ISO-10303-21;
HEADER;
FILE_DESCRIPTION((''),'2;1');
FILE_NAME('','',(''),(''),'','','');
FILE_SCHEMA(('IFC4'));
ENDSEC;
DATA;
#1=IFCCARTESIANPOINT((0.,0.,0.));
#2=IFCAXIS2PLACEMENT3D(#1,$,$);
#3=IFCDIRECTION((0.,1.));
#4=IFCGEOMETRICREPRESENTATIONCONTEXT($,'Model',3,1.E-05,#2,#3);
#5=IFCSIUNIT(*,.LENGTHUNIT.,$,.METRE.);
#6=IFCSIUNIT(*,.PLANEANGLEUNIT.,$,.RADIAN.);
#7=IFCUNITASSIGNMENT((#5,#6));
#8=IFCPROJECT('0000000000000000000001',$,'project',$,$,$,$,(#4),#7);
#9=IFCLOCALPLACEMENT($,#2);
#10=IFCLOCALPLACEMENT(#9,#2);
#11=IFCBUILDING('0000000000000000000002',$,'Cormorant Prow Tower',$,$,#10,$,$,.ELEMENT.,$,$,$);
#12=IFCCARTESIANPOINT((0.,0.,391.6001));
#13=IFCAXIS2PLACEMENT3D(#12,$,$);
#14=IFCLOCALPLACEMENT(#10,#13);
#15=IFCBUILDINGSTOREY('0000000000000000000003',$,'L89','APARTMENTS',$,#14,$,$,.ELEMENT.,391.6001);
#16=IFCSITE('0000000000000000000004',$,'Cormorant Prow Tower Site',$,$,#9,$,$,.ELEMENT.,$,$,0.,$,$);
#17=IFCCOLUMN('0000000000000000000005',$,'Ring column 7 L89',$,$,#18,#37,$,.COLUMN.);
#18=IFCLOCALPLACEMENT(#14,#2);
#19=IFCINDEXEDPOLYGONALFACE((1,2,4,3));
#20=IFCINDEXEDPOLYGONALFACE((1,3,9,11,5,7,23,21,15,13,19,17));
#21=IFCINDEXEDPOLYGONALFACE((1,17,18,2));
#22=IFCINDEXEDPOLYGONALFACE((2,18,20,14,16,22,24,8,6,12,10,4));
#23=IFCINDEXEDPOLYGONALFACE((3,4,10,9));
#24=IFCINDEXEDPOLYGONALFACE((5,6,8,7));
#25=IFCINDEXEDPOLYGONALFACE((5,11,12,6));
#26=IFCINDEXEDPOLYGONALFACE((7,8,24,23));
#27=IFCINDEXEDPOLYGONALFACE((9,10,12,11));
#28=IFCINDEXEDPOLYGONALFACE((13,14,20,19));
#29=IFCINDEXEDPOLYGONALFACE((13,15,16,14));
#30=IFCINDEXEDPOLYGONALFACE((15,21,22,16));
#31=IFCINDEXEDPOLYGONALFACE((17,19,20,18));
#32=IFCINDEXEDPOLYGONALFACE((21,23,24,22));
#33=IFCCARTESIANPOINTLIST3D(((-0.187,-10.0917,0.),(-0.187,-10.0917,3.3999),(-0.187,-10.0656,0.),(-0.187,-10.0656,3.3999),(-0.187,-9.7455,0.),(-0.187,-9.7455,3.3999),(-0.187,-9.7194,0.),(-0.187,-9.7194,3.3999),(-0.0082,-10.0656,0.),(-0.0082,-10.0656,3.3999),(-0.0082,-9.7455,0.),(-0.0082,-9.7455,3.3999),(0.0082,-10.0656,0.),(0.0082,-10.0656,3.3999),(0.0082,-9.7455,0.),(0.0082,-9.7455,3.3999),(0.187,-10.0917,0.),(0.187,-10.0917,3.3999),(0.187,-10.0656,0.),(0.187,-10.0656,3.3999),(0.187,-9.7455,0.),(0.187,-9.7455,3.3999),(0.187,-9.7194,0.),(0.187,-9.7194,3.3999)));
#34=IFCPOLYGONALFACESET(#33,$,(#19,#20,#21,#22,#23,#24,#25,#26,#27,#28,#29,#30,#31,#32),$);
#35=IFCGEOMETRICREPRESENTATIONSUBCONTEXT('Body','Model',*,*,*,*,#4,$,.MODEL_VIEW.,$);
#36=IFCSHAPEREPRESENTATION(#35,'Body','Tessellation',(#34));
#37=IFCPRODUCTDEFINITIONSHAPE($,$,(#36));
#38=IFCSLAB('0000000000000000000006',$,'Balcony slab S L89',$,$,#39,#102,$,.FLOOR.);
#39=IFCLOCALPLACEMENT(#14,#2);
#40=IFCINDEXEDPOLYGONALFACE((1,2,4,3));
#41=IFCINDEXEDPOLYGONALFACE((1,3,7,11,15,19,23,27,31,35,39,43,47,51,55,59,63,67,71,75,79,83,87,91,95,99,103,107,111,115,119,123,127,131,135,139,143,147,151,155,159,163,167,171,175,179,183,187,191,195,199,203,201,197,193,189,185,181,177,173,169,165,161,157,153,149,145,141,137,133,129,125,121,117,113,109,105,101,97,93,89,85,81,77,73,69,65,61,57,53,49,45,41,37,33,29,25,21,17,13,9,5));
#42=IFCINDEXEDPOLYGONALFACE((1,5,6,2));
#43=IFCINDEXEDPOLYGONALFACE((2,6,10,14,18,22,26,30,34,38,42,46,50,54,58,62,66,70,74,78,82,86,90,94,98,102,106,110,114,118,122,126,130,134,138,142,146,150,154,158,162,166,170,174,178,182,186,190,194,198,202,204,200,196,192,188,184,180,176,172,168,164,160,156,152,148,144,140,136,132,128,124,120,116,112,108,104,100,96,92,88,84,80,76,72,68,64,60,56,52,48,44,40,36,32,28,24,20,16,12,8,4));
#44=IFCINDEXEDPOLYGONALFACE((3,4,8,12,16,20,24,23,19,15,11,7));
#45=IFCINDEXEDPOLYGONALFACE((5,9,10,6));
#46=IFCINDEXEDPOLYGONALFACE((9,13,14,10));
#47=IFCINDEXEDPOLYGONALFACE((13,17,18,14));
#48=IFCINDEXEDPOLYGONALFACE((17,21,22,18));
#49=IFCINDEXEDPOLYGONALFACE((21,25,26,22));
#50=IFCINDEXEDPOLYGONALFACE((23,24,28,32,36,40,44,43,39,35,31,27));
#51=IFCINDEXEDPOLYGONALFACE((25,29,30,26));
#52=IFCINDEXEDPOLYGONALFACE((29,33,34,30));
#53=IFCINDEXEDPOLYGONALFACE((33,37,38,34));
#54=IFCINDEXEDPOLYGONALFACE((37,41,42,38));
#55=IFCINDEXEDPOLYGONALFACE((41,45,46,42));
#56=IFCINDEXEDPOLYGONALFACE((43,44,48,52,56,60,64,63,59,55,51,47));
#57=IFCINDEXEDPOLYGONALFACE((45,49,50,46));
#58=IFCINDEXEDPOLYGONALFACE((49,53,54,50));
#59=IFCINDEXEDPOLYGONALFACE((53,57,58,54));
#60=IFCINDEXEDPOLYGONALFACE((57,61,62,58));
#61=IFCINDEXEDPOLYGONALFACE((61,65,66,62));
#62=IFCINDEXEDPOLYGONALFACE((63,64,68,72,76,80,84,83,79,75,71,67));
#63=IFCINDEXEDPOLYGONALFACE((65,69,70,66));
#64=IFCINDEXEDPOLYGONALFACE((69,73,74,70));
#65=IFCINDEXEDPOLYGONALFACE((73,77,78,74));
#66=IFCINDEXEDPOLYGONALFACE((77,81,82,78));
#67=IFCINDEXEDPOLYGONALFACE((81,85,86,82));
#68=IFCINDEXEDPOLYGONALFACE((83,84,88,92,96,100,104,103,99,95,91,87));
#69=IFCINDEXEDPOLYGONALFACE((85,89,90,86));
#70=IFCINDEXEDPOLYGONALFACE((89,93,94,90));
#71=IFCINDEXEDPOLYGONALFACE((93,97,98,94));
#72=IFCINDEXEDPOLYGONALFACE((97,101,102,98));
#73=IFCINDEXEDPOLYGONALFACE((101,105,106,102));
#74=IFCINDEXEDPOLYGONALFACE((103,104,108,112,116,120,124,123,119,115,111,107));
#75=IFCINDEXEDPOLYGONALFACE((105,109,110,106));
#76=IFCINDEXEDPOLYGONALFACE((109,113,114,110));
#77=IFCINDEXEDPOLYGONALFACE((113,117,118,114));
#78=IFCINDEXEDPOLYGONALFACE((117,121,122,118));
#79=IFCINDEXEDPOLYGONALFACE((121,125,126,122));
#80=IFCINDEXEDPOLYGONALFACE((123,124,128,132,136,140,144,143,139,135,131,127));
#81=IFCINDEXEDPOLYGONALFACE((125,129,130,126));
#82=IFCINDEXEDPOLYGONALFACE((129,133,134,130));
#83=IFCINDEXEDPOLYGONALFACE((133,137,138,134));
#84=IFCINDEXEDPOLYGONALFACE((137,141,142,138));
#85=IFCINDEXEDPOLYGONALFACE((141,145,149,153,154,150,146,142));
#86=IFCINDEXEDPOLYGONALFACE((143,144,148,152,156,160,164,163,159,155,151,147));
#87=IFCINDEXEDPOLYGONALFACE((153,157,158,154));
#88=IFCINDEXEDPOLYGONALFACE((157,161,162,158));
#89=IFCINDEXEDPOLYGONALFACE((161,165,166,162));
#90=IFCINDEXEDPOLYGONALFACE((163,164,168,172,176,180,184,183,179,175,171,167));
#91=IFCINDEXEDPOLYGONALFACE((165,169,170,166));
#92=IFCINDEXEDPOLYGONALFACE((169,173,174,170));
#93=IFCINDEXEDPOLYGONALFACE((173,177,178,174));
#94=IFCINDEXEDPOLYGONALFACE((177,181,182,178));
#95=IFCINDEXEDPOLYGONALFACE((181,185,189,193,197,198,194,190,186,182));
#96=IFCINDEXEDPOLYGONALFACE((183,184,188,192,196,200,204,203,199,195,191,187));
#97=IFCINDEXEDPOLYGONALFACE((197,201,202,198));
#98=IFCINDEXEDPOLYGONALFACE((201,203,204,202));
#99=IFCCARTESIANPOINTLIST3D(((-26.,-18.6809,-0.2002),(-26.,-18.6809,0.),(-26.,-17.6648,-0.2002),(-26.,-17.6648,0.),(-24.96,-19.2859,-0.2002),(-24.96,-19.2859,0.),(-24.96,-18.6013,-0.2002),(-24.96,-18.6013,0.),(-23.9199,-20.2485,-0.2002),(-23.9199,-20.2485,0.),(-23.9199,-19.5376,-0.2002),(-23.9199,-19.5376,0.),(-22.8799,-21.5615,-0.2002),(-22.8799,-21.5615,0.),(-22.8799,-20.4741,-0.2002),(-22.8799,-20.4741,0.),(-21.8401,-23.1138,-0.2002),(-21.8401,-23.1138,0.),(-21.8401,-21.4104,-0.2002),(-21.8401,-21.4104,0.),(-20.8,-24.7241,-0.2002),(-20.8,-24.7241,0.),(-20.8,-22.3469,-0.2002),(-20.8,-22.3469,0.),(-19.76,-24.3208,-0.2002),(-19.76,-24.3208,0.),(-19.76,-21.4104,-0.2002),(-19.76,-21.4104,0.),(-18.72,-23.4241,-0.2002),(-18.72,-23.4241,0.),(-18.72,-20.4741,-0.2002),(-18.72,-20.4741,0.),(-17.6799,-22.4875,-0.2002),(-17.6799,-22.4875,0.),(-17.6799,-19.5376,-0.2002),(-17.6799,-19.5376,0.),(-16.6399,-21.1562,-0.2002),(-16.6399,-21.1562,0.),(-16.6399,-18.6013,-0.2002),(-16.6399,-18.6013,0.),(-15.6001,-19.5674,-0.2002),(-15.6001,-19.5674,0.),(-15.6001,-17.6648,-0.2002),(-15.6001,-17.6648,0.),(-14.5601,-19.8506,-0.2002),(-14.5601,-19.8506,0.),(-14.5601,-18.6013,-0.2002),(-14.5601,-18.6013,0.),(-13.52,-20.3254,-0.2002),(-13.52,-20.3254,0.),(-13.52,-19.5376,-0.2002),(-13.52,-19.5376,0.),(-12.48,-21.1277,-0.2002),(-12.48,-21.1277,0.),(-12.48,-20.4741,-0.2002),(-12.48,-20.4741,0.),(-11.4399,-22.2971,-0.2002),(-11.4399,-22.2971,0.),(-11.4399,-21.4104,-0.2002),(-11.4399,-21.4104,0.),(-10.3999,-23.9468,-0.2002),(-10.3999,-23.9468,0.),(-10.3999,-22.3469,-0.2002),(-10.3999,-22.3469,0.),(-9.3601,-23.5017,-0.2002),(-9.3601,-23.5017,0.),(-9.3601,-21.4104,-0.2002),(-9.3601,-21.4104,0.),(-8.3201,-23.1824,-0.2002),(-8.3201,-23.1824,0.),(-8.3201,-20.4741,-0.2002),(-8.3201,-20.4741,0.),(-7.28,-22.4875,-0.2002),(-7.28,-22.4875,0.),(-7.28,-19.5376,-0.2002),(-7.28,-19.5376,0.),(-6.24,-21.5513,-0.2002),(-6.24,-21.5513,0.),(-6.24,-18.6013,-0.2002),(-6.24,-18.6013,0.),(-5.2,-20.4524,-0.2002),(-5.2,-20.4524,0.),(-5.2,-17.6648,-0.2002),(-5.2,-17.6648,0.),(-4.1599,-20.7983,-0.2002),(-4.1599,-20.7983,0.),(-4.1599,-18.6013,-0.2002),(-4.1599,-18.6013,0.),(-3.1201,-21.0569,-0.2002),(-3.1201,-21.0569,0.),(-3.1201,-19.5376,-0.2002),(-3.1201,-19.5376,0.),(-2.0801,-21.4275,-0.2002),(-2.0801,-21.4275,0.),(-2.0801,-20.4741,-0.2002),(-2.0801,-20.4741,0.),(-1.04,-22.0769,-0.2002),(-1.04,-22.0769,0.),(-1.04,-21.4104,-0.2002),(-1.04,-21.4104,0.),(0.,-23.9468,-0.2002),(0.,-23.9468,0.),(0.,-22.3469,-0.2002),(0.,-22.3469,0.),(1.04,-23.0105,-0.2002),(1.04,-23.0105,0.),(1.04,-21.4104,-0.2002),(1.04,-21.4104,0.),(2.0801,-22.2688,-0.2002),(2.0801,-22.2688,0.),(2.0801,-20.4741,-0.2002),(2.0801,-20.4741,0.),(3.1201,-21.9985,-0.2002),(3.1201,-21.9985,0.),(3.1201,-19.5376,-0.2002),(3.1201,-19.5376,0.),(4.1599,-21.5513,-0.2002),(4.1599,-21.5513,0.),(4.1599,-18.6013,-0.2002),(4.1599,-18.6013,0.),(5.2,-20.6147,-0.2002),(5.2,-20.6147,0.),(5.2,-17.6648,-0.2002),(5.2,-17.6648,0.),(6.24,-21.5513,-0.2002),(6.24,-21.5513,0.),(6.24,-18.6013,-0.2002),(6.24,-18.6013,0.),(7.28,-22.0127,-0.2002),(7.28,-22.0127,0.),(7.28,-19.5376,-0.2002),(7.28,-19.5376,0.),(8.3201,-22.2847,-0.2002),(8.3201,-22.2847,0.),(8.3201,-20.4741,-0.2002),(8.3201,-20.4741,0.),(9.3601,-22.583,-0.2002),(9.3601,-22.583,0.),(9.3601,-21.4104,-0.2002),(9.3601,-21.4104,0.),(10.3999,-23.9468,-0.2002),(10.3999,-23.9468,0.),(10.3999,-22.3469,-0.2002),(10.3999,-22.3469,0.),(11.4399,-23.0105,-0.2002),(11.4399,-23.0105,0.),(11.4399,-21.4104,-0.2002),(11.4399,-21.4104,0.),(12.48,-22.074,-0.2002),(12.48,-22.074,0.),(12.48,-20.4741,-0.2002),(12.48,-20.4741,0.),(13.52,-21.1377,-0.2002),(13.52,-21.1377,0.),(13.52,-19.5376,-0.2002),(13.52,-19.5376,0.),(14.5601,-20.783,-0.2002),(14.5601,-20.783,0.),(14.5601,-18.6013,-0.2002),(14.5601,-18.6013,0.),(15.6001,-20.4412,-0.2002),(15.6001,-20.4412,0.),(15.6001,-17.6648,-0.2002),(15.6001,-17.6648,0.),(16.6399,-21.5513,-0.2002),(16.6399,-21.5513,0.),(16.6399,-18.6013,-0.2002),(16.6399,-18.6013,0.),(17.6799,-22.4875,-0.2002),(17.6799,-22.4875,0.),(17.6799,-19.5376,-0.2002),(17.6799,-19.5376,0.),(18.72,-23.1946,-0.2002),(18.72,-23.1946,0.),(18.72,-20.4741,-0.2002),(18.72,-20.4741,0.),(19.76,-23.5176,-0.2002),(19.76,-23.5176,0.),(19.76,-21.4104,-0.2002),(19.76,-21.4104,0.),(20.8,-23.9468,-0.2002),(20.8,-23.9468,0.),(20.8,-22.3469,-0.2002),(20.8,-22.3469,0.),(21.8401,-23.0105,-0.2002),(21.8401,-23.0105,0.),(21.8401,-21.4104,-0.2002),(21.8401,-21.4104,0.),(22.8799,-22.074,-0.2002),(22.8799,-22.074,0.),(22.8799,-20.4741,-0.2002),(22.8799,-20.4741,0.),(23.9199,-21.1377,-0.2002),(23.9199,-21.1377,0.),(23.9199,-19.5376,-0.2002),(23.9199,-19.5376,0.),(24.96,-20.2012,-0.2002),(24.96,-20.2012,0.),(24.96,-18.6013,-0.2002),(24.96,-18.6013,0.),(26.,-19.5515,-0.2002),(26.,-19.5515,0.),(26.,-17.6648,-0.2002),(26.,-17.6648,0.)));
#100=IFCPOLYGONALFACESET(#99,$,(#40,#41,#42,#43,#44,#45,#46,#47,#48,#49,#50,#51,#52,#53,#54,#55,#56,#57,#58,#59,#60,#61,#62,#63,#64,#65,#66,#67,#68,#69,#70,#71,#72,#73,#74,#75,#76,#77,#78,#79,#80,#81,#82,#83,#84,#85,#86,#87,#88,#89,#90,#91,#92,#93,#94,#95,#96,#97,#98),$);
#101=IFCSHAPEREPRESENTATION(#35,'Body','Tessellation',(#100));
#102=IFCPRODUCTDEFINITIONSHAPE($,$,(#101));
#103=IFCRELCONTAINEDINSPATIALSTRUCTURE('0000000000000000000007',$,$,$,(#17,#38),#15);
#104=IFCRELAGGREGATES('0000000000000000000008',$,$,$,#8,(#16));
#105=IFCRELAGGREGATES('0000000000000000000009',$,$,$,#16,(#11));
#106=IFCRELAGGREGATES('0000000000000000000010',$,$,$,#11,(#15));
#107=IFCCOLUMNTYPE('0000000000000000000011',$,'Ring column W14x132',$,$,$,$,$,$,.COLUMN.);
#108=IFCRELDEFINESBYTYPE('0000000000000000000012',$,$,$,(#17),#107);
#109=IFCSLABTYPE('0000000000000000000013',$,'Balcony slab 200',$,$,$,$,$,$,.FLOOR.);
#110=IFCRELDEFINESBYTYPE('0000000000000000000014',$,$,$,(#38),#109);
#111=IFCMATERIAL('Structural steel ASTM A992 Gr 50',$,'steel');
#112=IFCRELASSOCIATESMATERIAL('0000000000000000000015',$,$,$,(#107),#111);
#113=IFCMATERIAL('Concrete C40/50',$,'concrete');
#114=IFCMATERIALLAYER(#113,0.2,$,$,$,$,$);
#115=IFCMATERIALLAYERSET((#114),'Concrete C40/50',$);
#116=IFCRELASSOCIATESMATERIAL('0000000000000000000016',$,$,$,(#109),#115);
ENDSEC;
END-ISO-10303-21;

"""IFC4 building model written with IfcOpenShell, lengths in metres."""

from ifc_helpers import new_model, si_unit, direction, frame, origin, origin_2d, place, context, subcontext, project, spatial, polyline, i_section, outline, extrude, material, layer, layer_set, material_profile, profile_set, type_object, element, save


model = new_model("IFC4")

# Units and contexts
model_context = context("Model", 3, precision=1e-05, world=origin(), true_north=direction((0.0, 1.0)))
body_context = subcontext(model_context, "Body", "Model", "MODEL_VIEW")
ifc_project = project(units=[si_unit("LENGTHUNIT", "METRE"), si_unit("PLANEANGLEUNIT", "RADIAN")], contexts=[model_context])

# Site, building, storey
site_placement = place(None, origin())
site = spatial("IfcSite", under=ifc_project, at=site_placement, Name="Cormorant Prow Tower Site", CompositionType="ELEMENT", RefElevation=0.0)
building_placement = place(site_placement, origin())
building = spatial("IfcBuilding", under=site, at=building_placement, Name="Cormorant Prow Tower", CompositionType="ELEMENT")
storey_placement = place(building_placement, frame((0.0, 0.0, 391.6001)))
storey = spatial("IfcBuildingStorey", under=building, at=storey_placement, Name="L89", Description="APARTMENTS", CompositionType="ELEMENT", Elevation=391.6001)

# Column
ifc_material_1 = material(Name="Structural steel ASTM A992 Gr 50", Category="steel")
ifc_material_profile = material_profile(ifc_material_1, i_section(OverallWidth=0.374, OverallDepth=0.3723, WebThickness=0.0164, FlangeThickness=0.0261, at=origin_2d()), Name="W14x132")
ifc_profile_set = profile_set([ifc_material_profile], Name="Structural steel ASTM A992 Gr 50")
column_type = type_object("IfcColumnType", Name="Ring column W14x132", PredefinedType="COLUMN", material=ifc_profile_set)
column_placement = place(storey_placement, frame((0.0, -9.9055, 0.0), z_axis=(0.0, 0.0, 1.0), x_axis=(1.0, 0.0, 0.0)))
element("IfcColumn", 1, at=column_placement, inside=storey, type_object=column_type, Name="Ring column 7 L89", PredefinedType="COLUMN", context=body_context, shape_type="SweptSolid", body=[
    extrude(i_section(OverallWidth=0.374, OverallDepth=0.3723, WebThickness=0.0164, FlangeThickness=0.0261, at=origin_2d()), origin(), (0.0, 0.0, 1.0), 3.3999),
])

# Slab
ifc_material_2 = material(Name="Concrete C40/50", Category="concrete")
ifc_layer_1 = layer(ifc_material_2, 0.2)
ifc_layer_set_1 = layer_set([ifc_layer_1], Name="Concrete C40/50")
slab_type_1 = type_object("IfcSlabType", Name="Balcony slab 200", PredefinedType="FLOOR", material=ifc_layer_set_1)
slab_1_placement = place(storey_placement, frame((0.0, 0.0, -0.2002)))
element("IfcSlab", 2, at=slab_1_placement, inside=storey, type_object=slab_type_1, Name="Balcony slab S L89", PredefinedType="FLOOR", context=body_context, shape_type="SweptSolid", body=[
    extrude(outline(polyline([(-26.0, -17.6648), (-26.0, -18.6809), (-24.96, -19.2859), (-23.9199, -20.2485), (-22.8799, -21.5615), (-21.8401, -23.1138), (-20.8, -24.7241), (-19.76, -24.3208), (-18.72, -23.4241), (-17.6799, -22.4875), (-16.6399, -21.1562), (-15.6001, -19.5674), (-14.5601, -19.8506), (-13.52, -20.3254), (-12.48, -21.1277), (-11.4399, -22.2971), (-10.3999, -23.9468), (-9.3601, -23.5017), (-8.3201, -23.1824), (-7.28, -22.4875), (-6.24, -21.5513), (-5.2, -20.4524), (-4.1599, -20.7983), (-3.1201, -21.0569), (-2.0801, -21.4275), (-1.04, -22.0769), (0.0, -23.9468), (1.04, -23.0105), (2.0801, -22.2688), (3.1201, -21.9985), (4.1599, -21.5513), (5.2, -20.6147), (6.24, -21.5513), (7.28, -22.0127), (8.3201, -22.2847), (9.3601, -22.583), (10.3999, -23.9468), (11.4399, -23.0105), (12.48, -22.074), (13.52, -21.1377), (14.5601, -20.783), (15.6001, -20.4412), (16.6399, -21.5513), (17.6799, -22.4875), (18.72, -23.1946), (19.76, -23.5176), (20.8, -23.9468), (21.8401, -23.0105), (22.8799, -22.074), (23.9199, -21.1377), (24.96, -20.2012), (26.0, -19.5515), (26.0, -17.6648), (24.96, -18.6013), (23.9199, -19.5376), (22.8799, -20.4741), (21.8401, -21.4104), (20.8, -22.3469), (19.76, -21.4104), (18.72, -20.4741), (17.6799, -19.5376), (16.6399, -18.6013), (15.6001, -17.6648), (14.5601, -18.6013), (13.52, -19.5376), (12.48, -20.4741), (11.4399, -21.4104), (10.3999, -22.3469), (9.3601, -21.4104), (8.3201, -20.4741), (7.28, -19.5376), (6.24, -18.6013), (5.2, -17.6648), (4.1599, -18.6013), (3.1201, -19.5376), (2.0801, -20.4741), (1.04, -21.4104), (0.0, -22.3469), (-1.04, -21.4104), (-2.0801, -20.4741), (-3.1201, -19.5376), (-4.1599, -18.6013), (-5.2, -17.6648), (-6.24, -18.6013), (-7.28, -19.5376), (-8.3201, -20.4741), (-9.3601, -21.4104), (-10.3999, -22.3469), (-11.4399, -21.4104), (-12.48, -20.4741), (-13.52, -19.5376), (-14.5601, -18.6013), (-15.6001, -17.6648), (-16.6399, -18.6013), (-17.6799, -19.5376), (-18.72, -20.4741), (-19.76, -21.4104), (-20.8, -22.3469), (-21.8401, -21.4104), (-22.8799, -20.4741), (-23.9199, -19.5376), (-24.96, -18.6013), (-26.0, -17.6648)])), origin(), (0.0, 0.0, 1.0), 0.2002),
])

save(model, "model.ifc")
